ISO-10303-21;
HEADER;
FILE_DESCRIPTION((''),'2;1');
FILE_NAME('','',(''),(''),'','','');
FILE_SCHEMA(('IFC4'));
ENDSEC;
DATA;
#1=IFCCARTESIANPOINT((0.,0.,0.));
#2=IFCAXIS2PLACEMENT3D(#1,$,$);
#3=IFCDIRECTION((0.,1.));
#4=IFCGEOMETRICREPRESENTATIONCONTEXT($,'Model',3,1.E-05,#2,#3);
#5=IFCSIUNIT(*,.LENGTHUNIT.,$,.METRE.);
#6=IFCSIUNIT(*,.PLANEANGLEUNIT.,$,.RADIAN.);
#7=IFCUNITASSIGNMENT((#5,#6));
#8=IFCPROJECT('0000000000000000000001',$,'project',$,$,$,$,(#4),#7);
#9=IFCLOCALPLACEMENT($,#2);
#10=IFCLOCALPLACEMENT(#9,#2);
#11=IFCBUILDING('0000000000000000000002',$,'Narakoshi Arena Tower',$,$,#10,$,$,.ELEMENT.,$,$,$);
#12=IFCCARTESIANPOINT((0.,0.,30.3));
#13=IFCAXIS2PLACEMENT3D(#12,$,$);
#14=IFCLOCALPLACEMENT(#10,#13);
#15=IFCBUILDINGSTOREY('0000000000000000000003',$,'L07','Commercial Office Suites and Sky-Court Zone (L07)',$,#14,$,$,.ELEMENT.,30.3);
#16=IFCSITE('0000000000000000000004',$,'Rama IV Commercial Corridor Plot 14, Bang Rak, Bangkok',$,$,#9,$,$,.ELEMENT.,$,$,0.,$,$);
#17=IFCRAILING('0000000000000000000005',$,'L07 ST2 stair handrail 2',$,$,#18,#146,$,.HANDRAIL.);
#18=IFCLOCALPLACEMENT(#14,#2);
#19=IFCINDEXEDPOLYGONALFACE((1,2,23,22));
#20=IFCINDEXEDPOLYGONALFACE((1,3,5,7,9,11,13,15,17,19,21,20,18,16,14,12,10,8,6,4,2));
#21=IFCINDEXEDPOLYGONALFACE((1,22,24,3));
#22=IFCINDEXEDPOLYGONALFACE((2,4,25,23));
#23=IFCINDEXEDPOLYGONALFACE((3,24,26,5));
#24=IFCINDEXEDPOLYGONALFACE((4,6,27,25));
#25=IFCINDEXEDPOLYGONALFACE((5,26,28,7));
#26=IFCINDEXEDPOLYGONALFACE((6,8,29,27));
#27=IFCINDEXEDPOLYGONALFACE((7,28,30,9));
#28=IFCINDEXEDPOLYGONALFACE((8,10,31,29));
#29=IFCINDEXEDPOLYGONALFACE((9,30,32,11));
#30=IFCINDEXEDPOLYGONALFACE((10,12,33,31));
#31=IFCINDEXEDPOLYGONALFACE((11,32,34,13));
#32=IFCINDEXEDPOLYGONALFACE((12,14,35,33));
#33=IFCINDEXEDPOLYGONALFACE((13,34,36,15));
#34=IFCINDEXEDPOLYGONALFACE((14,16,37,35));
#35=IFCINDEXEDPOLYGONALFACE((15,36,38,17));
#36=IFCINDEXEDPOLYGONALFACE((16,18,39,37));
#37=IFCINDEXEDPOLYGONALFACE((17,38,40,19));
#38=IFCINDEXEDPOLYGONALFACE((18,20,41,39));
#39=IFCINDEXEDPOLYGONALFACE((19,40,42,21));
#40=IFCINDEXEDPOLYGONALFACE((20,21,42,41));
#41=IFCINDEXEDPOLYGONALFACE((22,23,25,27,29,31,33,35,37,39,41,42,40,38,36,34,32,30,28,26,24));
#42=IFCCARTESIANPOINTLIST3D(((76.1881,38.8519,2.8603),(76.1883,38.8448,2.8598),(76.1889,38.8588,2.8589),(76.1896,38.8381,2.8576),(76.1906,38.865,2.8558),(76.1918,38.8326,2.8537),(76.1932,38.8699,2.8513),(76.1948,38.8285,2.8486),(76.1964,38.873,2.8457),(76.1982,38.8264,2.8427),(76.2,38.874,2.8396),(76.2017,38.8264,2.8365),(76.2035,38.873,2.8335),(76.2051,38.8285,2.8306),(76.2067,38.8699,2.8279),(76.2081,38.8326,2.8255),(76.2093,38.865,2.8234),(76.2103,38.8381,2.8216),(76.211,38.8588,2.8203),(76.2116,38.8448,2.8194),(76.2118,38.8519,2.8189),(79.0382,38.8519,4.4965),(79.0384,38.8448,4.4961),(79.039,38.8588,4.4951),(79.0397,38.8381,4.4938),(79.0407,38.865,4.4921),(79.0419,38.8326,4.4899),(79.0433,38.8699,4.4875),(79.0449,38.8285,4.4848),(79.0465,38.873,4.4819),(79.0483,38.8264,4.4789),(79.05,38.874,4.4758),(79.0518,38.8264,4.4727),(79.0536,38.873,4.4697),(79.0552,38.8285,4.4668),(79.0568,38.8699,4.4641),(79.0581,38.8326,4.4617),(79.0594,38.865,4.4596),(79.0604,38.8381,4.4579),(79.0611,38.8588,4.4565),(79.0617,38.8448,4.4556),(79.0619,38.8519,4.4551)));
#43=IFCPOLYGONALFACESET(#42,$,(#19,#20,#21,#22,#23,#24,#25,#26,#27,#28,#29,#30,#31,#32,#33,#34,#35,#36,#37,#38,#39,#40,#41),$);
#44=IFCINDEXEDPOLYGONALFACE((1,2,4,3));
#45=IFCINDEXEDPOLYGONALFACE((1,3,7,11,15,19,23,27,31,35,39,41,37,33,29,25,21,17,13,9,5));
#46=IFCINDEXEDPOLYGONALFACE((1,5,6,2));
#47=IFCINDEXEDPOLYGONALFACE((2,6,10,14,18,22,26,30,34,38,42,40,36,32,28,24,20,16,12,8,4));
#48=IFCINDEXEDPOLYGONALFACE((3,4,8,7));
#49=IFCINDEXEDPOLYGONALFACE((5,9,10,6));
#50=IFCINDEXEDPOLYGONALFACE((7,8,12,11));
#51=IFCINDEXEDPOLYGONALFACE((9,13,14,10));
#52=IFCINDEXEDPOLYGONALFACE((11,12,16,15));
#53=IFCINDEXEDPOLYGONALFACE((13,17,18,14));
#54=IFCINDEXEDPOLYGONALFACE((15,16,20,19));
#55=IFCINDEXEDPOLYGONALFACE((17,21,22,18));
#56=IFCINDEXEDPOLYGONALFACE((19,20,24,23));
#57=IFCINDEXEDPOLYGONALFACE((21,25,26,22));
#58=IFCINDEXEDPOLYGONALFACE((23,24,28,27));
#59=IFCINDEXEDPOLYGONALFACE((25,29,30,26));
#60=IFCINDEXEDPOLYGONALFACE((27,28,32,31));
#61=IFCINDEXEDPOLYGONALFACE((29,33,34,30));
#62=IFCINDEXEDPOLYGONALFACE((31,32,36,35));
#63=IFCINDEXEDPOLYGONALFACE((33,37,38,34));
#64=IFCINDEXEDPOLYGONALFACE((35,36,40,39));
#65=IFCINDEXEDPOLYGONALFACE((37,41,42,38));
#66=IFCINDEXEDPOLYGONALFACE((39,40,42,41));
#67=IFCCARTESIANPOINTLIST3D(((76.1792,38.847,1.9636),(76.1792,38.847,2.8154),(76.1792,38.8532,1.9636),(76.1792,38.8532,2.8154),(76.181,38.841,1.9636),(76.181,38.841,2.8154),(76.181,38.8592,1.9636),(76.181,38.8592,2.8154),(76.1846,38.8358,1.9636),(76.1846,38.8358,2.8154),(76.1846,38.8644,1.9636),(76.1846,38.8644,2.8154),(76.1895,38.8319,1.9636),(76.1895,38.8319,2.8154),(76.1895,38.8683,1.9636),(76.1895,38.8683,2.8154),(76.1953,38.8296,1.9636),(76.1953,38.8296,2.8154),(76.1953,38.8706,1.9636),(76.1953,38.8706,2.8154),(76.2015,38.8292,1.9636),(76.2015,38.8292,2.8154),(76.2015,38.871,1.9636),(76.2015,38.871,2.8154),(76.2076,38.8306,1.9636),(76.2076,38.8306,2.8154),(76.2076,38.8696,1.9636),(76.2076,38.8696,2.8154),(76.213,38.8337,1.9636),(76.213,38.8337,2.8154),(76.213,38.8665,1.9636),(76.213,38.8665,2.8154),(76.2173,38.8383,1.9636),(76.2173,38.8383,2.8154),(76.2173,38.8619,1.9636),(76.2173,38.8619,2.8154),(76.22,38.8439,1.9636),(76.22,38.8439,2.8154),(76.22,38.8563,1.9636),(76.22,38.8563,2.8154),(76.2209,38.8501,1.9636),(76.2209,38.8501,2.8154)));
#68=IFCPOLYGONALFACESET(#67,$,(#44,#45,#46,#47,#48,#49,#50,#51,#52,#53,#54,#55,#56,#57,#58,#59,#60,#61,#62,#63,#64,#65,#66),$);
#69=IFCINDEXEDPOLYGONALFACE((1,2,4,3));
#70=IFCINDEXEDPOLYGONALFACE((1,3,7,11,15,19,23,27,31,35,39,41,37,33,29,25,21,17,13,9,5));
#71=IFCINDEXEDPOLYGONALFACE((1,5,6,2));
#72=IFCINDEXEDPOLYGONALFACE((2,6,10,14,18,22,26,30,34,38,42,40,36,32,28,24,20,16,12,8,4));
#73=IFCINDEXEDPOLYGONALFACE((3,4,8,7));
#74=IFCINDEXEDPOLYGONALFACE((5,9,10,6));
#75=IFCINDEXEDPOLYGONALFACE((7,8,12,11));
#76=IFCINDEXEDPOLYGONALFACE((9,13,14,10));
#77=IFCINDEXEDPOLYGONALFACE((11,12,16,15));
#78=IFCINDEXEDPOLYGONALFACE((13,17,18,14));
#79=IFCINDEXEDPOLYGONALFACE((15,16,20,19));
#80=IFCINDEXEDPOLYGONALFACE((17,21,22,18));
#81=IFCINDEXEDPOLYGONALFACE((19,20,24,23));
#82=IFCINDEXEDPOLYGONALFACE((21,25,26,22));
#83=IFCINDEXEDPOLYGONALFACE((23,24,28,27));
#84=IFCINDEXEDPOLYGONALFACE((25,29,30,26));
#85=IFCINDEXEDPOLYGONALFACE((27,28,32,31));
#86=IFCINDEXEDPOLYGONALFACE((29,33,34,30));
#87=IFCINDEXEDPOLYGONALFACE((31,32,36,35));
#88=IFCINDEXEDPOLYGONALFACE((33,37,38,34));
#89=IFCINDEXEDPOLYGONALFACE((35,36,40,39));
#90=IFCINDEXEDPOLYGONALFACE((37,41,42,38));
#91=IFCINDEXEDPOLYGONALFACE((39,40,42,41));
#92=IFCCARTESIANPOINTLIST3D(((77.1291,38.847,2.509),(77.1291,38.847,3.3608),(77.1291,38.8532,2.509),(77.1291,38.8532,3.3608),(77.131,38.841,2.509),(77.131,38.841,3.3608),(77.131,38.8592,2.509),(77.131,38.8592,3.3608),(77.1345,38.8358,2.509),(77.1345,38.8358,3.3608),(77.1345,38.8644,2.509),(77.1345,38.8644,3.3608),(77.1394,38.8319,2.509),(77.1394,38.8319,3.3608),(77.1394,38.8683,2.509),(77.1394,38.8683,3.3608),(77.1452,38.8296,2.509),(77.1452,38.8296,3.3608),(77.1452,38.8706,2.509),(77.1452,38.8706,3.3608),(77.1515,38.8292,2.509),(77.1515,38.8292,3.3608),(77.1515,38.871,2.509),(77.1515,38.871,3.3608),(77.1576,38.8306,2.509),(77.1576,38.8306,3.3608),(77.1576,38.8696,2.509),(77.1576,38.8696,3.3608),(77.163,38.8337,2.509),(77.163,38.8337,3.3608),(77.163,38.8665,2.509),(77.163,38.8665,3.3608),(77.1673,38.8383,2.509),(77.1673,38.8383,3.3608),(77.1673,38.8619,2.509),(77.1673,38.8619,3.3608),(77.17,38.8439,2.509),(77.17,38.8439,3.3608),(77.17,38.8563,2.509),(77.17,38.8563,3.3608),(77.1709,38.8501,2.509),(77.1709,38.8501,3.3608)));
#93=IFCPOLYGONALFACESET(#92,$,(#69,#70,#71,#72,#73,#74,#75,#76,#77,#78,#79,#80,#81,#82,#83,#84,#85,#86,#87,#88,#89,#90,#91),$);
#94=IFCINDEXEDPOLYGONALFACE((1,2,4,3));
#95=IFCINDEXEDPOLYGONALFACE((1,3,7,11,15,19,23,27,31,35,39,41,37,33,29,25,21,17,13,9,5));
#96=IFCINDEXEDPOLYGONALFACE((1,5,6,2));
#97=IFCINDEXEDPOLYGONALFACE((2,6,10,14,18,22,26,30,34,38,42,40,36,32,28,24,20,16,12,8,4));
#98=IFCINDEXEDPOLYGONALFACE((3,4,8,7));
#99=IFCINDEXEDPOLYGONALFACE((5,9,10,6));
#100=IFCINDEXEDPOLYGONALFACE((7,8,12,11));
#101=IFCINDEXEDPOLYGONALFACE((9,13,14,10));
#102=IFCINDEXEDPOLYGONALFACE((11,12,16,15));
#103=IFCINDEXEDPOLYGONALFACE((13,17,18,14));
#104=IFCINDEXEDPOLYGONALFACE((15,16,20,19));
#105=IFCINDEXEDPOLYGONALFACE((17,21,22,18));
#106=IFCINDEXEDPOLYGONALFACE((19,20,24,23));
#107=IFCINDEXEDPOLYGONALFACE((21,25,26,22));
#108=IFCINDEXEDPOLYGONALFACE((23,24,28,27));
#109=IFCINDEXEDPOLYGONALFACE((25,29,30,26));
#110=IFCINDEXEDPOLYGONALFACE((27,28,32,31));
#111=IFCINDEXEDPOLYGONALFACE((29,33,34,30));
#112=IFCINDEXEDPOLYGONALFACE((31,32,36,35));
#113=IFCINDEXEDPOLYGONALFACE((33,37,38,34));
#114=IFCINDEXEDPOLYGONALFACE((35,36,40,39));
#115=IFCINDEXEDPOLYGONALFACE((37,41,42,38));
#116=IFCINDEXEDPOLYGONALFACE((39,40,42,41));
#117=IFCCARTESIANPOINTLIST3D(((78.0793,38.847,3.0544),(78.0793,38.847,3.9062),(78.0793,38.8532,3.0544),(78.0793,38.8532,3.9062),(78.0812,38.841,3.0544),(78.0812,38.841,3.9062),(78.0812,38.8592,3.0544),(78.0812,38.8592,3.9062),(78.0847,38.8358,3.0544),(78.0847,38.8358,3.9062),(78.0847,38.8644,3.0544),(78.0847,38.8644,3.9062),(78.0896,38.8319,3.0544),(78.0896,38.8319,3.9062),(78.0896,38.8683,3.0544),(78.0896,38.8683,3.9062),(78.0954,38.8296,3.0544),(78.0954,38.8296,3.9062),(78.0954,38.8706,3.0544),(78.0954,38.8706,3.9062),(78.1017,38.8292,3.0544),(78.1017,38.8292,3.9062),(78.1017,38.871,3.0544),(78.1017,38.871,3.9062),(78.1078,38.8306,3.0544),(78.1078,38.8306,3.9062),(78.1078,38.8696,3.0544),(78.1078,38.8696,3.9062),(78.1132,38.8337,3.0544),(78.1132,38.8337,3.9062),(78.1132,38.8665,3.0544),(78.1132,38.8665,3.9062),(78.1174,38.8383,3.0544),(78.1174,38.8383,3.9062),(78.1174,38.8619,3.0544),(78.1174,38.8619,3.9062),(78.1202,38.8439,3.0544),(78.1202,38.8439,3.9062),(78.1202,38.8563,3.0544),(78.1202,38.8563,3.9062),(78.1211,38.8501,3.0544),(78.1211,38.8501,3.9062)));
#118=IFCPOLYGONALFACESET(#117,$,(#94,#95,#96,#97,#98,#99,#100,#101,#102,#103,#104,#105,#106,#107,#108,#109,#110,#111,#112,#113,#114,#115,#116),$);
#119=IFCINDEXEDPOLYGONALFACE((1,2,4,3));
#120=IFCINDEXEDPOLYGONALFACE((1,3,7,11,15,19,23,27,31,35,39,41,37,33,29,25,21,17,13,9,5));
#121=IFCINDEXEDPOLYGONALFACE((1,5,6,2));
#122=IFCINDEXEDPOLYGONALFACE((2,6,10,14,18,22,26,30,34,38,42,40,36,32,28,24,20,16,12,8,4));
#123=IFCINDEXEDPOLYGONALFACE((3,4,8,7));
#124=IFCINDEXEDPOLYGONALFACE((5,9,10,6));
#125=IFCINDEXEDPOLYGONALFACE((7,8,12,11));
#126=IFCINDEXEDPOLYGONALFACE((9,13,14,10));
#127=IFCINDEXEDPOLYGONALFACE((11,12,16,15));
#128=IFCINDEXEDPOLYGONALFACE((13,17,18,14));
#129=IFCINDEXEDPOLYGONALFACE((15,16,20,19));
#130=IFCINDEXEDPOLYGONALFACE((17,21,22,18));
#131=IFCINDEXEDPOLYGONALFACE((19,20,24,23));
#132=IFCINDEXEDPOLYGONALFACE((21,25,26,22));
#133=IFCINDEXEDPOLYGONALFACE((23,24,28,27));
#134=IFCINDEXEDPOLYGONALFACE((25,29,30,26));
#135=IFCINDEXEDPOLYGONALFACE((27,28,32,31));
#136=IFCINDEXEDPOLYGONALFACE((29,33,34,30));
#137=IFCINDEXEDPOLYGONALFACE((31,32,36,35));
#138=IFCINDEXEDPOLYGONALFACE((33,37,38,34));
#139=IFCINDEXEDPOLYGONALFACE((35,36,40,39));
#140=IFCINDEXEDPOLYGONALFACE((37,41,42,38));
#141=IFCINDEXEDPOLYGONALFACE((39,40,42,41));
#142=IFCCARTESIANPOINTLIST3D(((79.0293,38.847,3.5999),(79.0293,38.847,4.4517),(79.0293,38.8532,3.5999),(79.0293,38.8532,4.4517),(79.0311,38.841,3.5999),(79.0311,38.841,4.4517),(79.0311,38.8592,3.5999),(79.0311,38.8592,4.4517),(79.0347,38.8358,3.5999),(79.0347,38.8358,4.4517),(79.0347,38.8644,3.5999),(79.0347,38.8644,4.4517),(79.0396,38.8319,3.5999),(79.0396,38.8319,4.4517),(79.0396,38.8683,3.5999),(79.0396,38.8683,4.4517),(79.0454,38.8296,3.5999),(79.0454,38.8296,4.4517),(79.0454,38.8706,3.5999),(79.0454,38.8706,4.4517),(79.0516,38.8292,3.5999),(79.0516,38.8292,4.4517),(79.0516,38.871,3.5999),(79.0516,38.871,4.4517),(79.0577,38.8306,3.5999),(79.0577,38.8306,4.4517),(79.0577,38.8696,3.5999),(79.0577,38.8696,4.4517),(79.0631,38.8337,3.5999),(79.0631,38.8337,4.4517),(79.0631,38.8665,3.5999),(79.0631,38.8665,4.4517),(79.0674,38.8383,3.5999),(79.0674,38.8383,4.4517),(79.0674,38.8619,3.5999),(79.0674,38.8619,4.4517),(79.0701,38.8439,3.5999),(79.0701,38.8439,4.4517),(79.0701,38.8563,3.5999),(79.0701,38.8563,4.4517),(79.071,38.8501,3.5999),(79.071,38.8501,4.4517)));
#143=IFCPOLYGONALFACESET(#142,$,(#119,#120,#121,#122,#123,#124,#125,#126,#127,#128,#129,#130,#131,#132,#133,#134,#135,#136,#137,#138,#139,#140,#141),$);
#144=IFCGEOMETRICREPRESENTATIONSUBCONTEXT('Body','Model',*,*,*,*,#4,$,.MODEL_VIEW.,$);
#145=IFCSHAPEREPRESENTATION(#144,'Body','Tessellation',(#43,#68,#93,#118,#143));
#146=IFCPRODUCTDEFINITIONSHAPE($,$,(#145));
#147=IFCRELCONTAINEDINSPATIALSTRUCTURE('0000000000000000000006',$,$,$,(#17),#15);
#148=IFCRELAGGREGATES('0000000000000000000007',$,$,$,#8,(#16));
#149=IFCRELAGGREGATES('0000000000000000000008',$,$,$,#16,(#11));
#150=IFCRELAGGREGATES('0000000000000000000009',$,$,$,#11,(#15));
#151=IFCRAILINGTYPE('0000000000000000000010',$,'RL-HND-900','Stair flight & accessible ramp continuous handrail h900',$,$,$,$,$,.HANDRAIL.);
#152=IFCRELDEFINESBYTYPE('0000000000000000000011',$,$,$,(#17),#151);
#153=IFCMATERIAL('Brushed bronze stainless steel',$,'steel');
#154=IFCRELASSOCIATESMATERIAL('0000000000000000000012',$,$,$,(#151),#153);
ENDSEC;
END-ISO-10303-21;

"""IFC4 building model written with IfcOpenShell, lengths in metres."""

from ifc_helpers import new_model, si_unit, direction, frame, origin, origin_2d, place, context, subcontext, project, spatial, circle, extrude, material, type_object, element, save


model = new_model("IFC4")

# Units and contexts
model_context = context("Model", 3, precision=1e-05, world=origin(), true_north=direction((0.0, 1.0)))
body_context = subcontext(model_context, "Body", "Model", "MODEL_VIEW")
ifc_project = project(units=[si_unit("LENGTHUNIT", "METRE"), si_unit("PLANEANGLEUNIT", "RADIAN")], contexts=[model_context])

# Site, building, storey
site_placement = place(None, origin())
site = spatial("IfcSite", under=ifc_project, at=site_placement, Name="Rama IV Commercial Corridor Plot 14, Bang Rak, Bangkok", CompositionType="ELEMENT", RefElevation=0.0)
building_placement = place(site_placement, origin())
building = spatial("IfcBuilding", under=site, at=building_placement, Name="Narakoshi Arena Tower", CompositionType="ELEMENT")
storey_placement = place(building_placement, frame((0.0, 0.0, 30.3)))
storey = spatial("IfcBuildingStorey", under=building, at=storey_placement, Name="L07", Description="Commercial Office Suites and Sky-Court Zone (L07)", CompositionType="ELEMENT", Elevation=30.3)

# Shared definitions
ifc_material_1 = material(Name="Brushed bronze stainless steel", Category="steel")

# Railing
railing_type_1 = type_object("IfcRailingType", Name="RL-HND-900", Description="Stair flight & accessible ramp continuous handrail h900", PredefinedType="HANDRAIL", material=ifc_material_1)
railing_1_placement = place(storey_placement, frame((76.2, 38.8501, 1.9636)))
element("IfcRailing", 1, at=railing_1_placement, inside=storey, type_object=railing_type_1, Name="L07 ST2 stair handrail 2", PredefinedType="HANDRAIL", context=body_context, shape_type="SweptSolid", body=[
    extrude(circle(Radius=0.0239, at=origin_2d()), frame((0.0, 0.0, 0.876), z_axis=(0.867245, 0.0, 0.497882), x_axis=(0.0, 1.0, 0.0)), (0.0, 0.0, 1.0), 3.2864),
    extrude(circle(Radius=0.021, at=origin_2d()), origin(), (0.0, 0.0, 1.0), 0.8518),
    extrude(circle(Radius=0.021, at=origin_2d()), frame((0.95, 0.0, 0.5454)), (0.0, 0.0, 1.0), 0.8518),
    extrude(circle(Radius=0.021, at=origin_2d()), frame((1.9001, 0.0, 1.0908)), (0.0, 0.0, 1.0), 0.8518),
    extrude(circle(Radius=0.021, at=origin_2d()), frame((2.8501, 0.0, 1.6362)), (0.0, 0.0, 1.0), 0.8518),
])

save(model, "model.ifc")
